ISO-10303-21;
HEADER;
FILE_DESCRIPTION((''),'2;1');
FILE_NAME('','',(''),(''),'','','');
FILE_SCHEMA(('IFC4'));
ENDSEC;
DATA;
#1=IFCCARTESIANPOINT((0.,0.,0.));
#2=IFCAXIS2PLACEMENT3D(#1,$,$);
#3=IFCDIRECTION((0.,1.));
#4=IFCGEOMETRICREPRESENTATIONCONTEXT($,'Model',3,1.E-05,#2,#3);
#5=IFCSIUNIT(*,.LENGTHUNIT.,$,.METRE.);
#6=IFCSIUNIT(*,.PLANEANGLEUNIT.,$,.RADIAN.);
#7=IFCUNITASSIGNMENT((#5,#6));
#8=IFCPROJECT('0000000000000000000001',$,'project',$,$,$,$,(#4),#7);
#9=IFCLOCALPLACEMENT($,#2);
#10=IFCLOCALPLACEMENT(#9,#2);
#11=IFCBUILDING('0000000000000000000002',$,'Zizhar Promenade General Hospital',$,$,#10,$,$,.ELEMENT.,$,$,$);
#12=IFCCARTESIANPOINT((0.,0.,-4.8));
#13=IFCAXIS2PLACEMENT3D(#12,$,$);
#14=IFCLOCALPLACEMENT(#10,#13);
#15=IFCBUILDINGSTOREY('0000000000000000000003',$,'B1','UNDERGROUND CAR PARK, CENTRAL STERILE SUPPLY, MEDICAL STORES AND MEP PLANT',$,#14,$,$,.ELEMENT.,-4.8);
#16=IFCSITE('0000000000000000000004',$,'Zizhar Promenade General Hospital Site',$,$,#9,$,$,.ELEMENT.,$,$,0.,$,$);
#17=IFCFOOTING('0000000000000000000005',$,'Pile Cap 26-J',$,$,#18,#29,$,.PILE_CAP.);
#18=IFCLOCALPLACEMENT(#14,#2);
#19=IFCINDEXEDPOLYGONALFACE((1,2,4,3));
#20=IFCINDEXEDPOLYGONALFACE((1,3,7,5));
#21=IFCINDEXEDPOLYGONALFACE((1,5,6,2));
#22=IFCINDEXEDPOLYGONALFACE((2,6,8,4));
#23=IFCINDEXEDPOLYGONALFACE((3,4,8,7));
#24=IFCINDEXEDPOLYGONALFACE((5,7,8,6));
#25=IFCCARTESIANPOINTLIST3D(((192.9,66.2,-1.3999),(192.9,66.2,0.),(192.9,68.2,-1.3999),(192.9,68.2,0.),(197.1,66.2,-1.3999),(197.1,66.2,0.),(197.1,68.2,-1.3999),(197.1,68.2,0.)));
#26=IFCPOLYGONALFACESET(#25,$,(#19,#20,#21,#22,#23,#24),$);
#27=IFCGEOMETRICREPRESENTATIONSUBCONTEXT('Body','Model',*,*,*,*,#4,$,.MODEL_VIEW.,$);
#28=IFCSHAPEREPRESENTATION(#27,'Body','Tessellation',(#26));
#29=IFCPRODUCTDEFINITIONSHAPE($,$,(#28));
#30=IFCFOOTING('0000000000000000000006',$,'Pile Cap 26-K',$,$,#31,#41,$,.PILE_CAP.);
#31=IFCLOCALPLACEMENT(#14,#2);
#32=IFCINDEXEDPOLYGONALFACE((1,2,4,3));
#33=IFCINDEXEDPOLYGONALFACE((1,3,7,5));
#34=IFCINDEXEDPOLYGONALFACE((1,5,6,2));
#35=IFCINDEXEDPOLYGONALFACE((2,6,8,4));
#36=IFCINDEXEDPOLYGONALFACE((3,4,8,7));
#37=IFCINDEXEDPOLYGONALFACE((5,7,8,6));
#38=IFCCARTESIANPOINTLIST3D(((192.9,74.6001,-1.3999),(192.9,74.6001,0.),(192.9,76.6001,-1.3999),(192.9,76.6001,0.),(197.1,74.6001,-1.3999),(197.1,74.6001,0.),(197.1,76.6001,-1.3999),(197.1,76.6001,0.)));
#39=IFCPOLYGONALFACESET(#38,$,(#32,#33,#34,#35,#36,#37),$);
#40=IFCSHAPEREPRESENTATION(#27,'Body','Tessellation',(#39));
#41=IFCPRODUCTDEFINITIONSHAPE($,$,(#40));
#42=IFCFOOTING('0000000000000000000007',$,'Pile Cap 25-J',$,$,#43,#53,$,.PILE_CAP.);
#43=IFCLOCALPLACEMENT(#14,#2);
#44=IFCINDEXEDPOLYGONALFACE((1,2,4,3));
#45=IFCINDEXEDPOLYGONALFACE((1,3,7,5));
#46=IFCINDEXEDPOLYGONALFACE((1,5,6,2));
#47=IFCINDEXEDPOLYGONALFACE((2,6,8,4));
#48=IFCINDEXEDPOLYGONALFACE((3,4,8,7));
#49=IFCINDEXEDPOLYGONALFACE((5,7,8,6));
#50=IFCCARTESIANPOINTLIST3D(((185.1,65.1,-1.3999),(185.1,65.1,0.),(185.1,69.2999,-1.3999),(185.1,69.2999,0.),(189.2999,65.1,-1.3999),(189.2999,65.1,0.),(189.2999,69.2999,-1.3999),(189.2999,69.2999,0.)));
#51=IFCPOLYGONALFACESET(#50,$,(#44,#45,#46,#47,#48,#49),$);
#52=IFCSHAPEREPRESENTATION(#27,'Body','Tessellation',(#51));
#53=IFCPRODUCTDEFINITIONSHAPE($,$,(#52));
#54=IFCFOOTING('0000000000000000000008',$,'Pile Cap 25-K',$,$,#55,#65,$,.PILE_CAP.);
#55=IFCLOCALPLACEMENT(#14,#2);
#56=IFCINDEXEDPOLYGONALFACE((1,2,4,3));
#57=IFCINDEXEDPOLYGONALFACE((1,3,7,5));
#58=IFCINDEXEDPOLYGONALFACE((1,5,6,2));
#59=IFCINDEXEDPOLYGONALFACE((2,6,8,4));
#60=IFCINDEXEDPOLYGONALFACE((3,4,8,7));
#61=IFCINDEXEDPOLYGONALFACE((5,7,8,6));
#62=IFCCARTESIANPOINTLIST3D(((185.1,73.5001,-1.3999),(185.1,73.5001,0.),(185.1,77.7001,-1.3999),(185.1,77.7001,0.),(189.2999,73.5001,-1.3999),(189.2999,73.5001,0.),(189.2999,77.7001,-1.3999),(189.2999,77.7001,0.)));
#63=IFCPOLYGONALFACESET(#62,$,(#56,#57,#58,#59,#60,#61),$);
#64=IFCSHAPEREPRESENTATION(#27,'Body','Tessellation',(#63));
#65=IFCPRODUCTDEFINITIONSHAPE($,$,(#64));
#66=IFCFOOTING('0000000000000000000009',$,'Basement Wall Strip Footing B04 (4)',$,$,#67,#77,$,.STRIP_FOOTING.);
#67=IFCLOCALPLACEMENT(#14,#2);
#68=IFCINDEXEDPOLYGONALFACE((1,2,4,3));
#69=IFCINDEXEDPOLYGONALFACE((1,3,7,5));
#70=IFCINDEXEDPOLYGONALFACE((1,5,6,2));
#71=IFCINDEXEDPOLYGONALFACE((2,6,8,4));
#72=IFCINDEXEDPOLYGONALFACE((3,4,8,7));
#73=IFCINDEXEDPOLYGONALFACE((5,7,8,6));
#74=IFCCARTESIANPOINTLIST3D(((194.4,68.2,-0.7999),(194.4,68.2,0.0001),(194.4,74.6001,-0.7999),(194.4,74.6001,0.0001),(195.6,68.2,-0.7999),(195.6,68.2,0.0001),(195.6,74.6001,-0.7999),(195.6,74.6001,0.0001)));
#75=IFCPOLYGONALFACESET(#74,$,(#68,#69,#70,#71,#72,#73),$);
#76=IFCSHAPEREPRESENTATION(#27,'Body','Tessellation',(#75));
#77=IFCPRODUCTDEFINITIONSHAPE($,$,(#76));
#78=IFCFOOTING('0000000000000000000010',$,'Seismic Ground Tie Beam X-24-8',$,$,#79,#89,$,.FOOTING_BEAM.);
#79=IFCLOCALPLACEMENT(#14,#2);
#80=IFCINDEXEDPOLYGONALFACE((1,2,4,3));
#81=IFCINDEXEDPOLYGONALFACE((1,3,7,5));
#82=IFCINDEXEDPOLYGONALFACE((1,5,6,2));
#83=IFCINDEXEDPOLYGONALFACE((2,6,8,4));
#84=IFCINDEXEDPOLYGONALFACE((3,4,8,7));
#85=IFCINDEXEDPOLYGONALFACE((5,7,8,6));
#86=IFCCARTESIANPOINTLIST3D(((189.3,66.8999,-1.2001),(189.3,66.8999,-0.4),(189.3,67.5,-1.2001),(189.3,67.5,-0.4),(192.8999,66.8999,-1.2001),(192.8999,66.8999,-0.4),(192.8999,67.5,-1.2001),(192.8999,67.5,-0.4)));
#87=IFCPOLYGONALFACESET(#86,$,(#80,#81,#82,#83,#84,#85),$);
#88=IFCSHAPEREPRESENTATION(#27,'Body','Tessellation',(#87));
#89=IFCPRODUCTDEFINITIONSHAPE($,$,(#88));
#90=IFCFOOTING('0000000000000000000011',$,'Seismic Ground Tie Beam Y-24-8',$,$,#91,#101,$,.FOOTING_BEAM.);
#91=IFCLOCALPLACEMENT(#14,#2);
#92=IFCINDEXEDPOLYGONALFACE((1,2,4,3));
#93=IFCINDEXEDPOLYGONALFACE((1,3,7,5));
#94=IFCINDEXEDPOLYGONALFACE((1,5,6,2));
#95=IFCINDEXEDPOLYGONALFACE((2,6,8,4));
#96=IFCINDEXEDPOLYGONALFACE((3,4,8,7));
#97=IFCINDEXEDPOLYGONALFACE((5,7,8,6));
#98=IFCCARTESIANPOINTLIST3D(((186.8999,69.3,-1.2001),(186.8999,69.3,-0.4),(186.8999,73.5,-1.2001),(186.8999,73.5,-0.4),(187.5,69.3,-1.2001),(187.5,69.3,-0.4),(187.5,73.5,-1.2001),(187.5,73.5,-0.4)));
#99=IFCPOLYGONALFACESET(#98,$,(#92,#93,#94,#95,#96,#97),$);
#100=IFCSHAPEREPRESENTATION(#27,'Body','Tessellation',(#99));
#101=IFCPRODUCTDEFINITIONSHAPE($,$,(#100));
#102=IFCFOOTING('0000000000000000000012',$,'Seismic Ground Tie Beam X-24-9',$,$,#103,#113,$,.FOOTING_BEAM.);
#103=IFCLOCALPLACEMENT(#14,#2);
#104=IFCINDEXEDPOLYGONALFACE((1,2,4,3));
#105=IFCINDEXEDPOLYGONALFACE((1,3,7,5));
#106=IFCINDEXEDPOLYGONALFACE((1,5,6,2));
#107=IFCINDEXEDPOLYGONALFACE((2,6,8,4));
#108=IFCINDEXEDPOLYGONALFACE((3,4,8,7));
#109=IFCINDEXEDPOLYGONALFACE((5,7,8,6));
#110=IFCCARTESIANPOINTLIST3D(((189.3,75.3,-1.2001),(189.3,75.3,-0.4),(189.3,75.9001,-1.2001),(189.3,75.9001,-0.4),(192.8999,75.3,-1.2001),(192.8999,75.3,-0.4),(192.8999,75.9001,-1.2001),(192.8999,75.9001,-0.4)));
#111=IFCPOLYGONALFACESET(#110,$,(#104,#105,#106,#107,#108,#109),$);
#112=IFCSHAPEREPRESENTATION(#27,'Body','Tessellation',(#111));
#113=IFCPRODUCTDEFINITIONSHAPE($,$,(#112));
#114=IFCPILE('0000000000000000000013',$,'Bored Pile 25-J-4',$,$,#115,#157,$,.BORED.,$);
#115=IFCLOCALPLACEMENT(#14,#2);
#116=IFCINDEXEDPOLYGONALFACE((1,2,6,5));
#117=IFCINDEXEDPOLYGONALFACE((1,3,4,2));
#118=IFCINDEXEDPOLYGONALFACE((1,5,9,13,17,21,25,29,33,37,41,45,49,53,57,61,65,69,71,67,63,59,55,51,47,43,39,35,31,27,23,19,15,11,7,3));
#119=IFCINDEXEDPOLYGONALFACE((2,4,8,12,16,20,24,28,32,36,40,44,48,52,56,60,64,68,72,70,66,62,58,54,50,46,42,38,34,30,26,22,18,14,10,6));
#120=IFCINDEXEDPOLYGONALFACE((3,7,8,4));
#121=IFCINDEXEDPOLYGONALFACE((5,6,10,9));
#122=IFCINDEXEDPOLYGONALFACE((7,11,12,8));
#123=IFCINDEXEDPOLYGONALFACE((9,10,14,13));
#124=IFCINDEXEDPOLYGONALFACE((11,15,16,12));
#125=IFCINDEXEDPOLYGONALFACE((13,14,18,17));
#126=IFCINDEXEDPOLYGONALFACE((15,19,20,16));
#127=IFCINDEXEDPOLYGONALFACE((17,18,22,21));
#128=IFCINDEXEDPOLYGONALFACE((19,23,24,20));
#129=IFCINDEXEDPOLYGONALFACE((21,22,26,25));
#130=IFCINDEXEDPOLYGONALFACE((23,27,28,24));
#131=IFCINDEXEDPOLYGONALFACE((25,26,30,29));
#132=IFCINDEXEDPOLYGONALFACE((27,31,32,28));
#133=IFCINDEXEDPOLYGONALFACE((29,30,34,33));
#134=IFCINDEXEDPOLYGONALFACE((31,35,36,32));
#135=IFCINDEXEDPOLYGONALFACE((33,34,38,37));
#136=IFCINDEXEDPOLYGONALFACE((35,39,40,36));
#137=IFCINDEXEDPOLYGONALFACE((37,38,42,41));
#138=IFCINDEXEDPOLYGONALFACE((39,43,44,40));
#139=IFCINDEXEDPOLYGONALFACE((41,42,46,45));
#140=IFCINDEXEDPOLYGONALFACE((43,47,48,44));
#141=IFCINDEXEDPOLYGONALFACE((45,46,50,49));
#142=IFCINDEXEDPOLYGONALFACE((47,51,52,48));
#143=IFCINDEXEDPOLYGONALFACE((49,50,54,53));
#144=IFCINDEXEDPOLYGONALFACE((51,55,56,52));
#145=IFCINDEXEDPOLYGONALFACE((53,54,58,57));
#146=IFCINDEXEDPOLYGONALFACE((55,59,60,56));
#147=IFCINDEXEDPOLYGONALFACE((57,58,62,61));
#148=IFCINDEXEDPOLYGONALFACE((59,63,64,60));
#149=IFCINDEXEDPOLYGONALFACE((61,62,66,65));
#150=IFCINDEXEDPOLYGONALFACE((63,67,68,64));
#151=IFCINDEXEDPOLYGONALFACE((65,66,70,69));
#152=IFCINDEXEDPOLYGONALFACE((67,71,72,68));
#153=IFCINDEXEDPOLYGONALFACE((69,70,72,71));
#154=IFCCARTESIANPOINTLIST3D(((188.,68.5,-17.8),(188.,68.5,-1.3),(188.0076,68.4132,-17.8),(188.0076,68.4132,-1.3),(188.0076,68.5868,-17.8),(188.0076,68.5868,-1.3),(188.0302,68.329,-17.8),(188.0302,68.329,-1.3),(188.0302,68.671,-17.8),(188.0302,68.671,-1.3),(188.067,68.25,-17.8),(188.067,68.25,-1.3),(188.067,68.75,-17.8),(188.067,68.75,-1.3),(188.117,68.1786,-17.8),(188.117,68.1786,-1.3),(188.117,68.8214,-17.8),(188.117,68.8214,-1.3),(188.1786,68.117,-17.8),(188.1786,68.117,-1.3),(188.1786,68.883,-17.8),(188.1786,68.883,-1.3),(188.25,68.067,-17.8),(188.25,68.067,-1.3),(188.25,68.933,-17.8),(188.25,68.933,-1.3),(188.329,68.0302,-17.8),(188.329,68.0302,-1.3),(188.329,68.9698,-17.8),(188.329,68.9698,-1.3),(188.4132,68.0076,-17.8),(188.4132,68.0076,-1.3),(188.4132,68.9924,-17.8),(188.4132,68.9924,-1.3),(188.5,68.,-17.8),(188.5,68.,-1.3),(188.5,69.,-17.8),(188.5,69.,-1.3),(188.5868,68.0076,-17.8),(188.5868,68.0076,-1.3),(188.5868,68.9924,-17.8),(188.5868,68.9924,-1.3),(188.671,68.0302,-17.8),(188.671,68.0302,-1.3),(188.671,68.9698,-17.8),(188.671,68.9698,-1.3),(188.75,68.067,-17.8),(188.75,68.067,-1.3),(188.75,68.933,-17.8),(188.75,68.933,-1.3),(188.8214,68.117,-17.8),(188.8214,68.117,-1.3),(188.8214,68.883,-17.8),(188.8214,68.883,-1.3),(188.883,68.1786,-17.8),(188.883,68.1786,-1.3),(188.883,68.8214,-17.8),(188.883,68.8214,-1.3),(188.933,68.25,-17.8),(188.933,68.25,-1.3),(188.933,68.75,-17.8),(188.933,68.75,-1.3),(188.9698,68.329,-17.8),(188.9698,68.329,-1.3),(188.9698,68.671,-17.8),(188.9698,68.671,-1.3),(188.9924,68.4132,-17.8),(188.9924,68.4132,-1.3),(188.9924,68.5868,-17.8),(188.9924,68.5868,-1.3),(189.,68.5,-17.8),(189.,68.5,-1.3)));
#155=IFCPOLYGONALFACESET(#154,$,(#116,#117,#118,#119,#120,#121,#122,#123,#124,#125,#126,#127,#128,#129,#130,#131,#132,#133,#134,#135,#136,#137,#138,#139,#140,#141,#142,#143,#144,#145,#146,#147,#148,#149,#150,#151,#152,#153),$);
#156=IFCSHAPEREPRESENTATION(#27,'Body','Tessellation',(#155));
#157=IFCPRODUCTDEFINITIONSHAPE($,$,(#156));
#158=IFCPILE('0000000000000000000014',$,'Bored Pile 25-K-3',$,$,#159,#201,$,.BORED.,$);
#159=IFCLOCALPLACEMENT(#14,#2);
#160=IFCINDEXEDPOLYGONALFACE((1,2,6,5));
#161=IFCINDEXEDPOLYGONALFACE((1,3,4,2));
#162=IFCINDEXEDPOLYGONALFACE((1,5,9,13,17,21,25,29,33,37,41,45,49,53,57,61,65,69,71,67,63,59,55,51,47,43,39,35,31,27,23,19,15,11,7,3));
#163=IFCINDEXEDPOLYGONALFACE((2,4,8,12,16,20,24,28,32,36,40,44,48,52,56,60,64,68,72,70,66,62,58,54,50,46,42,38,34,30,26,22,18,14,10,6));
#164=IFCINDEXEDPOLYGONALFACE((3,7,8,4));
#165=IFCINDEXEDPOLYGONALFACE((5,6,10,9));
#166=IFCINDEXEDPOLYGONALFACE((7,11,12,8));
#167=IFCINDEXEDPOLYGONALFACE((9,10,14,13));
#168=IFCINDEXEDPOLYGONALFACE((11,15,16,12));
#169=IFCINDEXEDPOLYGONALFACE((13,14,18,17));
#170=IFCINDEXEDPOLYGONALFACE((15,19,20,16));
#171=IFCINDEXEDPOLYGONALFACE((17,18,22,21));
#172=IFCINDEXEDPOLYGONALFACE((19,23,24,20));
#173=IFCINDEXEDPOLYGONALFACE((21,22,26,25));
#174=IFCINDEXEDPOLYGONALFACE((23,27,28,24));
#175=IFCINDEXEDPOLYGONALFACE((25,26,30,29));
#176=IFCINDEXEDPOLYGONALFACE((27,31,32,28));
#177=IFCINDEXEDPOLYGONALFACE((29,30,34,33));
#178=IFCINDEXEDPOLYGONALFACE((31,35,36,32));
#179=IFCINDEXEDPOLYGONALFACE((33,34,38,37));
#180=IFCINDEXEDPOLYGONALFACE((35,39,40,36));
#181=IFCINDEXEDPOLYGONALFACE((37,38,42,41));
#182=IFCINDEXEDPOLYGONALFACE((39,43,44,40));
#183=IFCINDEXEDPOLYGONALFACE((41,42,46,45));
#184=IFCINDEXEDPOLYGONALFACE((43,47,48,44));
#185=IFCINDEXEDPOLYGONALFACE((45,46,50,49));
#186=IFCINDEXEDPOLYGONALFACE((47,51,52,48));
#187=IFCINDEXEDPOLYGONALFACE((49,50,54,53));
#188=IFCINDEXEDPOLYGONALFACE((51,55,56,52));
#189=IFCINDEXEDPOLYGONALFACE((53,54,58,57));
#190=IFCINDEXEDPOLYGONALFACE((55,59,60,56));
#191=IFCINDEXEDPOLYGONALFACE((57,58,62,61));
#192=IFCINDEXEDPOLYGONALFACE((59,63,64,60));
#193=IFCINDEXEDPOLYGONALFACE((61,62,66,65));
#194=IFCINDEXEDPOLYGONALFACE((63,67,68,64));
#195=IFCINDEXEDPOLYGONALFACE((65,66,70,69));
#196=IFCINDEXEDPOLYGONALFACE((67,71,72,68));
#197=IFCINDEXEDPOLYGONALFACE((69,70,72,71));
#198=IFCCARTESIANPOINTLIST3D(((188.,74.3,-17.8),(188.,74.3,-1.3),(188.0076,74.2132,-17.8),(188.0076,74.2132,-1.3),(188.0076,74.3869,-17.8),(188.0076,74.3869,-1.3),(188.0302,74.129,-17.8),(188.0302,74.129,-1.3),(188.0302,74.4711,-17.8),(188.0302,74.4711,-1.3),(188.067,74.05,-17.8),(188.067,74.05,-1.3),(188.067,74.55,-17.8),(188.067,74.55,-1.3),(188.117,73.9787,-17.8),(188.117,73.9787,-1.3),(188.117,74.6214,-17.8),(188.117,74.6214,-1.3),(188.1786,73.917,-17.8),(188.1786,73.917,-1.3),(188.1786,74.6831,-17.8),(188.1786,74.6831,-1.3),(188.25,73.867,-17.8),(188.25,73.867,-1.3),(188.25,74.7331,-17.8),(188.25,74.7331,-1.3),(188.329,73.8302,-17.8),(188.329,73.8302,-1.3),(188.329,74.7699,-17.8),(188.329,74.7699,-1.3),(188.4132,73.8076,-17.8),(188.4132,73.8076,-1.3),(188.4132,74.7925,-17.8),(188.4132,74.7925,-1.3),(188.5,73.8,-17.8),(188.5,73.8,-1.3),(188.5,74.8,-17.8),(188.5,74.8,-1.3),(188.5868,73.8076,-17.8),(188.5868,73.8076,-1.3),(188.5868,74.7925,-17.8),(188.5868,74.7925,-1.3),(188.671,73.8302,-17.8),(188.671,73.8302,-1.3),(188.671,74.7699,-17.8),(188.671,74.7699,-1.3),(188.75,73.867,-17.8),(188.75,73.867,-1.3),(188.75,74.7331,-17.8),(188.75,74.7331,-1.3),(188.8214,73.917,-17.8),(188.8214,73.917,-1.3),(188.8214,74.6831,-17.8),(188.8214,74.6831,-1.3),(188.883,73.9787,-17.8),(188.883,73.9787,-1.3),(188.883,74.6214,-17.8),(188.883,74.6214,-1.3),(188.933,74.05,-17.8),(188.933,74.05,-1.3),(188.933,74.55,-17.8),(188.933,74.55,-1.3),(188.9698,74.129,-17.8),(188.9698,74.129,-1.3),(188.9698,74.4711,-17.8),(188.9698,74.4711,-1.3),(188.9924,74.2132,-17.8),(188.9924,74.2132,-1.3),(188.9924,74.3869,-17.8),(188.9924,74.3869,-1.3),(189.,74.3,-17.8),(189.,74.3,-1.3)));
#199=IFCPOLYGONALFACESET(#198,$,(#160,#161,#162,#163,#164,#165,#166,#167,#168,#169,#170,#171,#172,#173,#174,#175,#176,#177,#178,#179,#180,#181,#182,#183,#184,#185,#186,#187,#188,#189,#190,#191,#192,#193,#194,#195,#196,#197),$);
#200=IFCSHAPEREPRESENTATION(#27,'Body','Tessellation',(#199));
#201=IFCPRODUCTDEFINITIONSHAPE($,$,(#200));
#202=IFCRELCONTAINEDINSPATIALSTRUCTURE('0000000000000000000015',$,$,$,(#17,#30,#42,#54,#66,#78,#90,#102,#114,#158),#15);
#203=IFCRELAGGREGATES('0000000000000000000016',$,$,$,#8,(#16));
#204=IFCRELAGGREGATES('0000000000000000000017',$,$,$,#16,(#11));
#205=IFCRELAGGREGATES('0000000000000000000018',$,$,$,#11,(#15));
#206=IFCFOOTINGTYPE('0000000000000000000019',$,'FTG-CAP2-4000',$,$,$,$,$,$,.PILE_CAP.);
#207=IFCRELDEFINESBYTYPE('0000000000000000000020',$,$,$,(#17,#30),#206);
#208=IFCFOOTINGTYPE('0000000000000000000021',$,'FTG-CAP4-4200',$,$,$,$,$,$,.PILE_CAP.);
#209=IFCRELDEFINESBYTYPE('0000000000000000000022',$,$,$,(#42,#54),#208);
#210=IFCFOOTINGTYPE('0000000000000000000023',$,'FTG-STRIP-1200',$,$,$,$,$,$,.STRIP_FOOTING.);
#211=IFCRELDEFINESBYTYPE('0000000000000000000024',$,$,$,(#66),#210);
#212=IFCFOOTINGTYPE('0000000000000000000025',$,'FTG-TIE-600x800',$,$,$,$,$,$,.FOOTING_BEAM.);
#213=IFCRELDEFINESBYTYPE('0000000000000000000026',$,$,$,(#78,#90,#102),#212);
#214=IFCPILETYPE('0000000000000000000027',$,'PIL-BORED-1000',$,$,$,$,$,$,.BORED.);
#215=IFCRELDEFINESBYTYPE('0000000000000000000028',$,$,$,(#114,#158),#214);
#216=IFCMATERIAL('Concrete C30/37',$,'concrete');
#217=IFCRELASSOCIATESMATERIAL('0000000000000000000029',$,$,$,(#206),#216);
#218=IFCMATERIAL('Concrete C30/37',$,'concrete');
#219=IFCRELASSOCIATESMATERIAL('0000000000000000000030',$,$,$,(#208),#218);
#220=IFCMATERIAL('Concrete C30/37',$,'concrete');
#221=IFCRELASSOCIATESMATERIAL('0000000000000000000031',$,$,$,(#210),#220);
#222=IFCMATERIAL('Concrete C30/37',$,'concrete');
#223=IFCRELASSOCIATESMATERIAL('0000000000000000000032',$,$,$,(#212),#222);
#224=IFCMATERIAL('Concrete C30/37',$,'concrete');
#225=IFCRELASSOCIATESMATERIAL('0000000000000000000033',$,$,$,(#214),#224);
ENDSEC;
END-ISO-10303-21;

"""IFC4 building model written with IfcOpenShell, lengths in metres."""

from ifc_helpers import new_model, si_unit, direction, frame, origin, origin_2d, place, context, subcontext, project, spatial, rectangle, circle, extrude, material, material_profile, profile_set, type_object, element, save


model = new_model("IFC4")

# Units and contexts
model_context = context("Model", 3, precision=1e-05, world=origin(), true_north=direction((0.0, 1.0)))
body_context = subcontext(model_context, "Body", "Model", "MODEL_VIEW")
ifc_project = project(units=[si_unit("LENGTHUNIT", "METRE"), si_unit("PLANEANGLEUNIT", "RADIAN")], contexts=[model_context])

# Site, building, storey
site_placement = place(None, origin())
site = spatial("IfcSite", under=ifc_project, at=site_placement, Name="Zizhar Promenade General Hospital Site", CompositionType="ELEMENT", RefElevation=0.0)
building_placement = place(site_placement, origin())
building = spatial("IfcBuilding", under=site, at=building_placement, Name="Zizhar Promenade General Hospital", CompositionType="ELEMENT")
storey_placement = place(building_placement, frame((0.0, 0.0, -4.8)))
storey = spatial("IfcBuildingStorey", under=building, at=storey_placement, Name="B1", Description="UNDERGROUND CAR PARK, CENTRAL STERILE SUPPLY, MEDICAL STORES AND MEP PLANT", CompositionType="ELEMENT", Elevation=-4.8)

# Footings
ifc_material_1 = material(Name="Concrete C30/37", Category="concrete")
footing_type_1 = type_object("IfcFootingType", Name="FTG-CAP2-4000", PredefinedType="PILE_CAP", material=ifc_material_1)
for number, where, z_axis, x_axis, name in (
    (1, (195.0, 67.2, -1.3999), (0.0, 0.0, 1.0), (1.0, 0.0, 0.0), "Pile Cap 26-J"),
    (2, (195.0, 75.6001, -1.3999), (0.0, 0.0, 1.0), (1.0, 0.0, 0.0), "Pile Cap 26-K"),
):
    element("IfcFooting", number, at=place(storey_placement, frame(where, z_axis=z_axis, x_axis=x_axis)), inside=storey, type_object=footing_type_1, Name=name, PredefinedType="PILE_CAP", context=body_context, shape_type="SweptSolid", body=[
        extrude(rectangle(XDim=4.2, YDim=2.0, at=origin_2d()), origin(), (0.0, 0.0, 1.0), 1.3999),
    ])
ifc_material_2 = material(Name="Concrete C30/37", Category="concrete")
footing_type_2 = type_object("IfcFootingType", Name="FTG-CAP4-4200", PredefinedType="PILE_CAP", material=ifc_material_2)
for number, where, z_axis, x_axis, name in (
    (3, (187.2, 67.2, -1.3999), (0.0, 0.0, 1.0), (1.0, 0.0, 0.0), "Pile Cap 25-J"),
    (4, (187.2, 75.6001, -1.3999), (0.0, 0.0, 1.0), (1.0, 0.0, 0.0), "Pile Cap 25-K"),
):
    element("IfcFooting", number, at=place(storey_placement, frame(where, z_axis=z_axis, x_axis=x_axis)), inside=storey, type_object=footing_type_2, Name=name, PredefinedType="PILE_CAP", context=body_context, shape_type="SweptSolid", body=[
        extrude(rectangle(XDim=4.2, YDim=4.2, at=origin_2d()), origin(), (0.0, 0.0, 1.0), 1.3999),
    ])
ifc_material_3 = material(Name="Concrete C30/37", Category="concrete")
ifc_material_profile_1 = material_profile(ifc_material_3, rectangle(XDim=1.2, YDim=0.8, at=origin_2d()))
ifc_profile_set_1 = profile_set([ifc_material_profile_1], Name="Concrete C30/37")
footing_type_3 = type_object("IfcFootingType", Name="FTG-STRIP-1200", PredefinedType="STRIP_FOOTING", material=ifc_profile_set_1)
footing_1_placement = place(storey_placement, frame((195.0, 68.2, -0.3999), z_axis=(0.0, 1.0, 0.0), x_axis=(-1.0, 0.0, 0.0)))
element("IfcFooting", 5, at=footing_1_placement, inside=storey, type_object=footing_type_3, Name="Basement Wall Strip Footing B04 (4)", PredefinedType="STRIP_FOOTING", context=body_context, shape_type="SweptSolid", body=[
    extrude(rectangle(XDim=1.2, YDim=0.8, at=origin_2d()), origin(), (0.0, 0.0, 1.0), 6.4001),
])
ifc_material_4 = material(Name="Concrete C30/37", Category="concrete")
ifc_material_profile_2 = material_profile(ifc_material_4, rectangle(XDim=0.6001, YDim=0.8, at=origin_2d()))
ifc_profile_set_2 = profile_set([ifc_material_profile_2], Name="Concrete C30/37")
footing_type_4 = type_object("IfcFootingType", Name="FTG-TIE-600x800", PredefinedType="FOOTING_BEAM", material=ifc_profile_set_2)
footing_2_placement = place(storey_placement, frame((189.3, 67.2, -0.8), z_axis=(1.0, 0.0, 0.0), x_axis=(0.0, 1.0, 0.0)))
element("IfcFooting", 6, at=footing_2_placement, inside=storey, type_object=footing_type_4, Name="Seismic Ground Tie Beam X-24-8", PredefinedType="FOOTING_BEAM", context=body_context, shape_type="SweptSolid", body=[
    extrude(rectangle(XDim=0.6001, YDim=0.8, at=origin_2d()), origin(), (0.0, 0.0, 1.0), 3.5999),
])
footing_3_placement = place(storey_placement, frame((187.2, 69.3, -0.8), z_axis=(0.0, 1.0, 0.0), x_axis=(-1.0, 0.0, 0.0)))
element("IfcFooting", 7, at=footing_3_placement, inside=storey, type_object=footing_type_4, Name="Seismic Ground Tie Beam Y-24-8", PredefinedType="FOOTING_BEAM", context=body_context, shape_type="SweptSolid", body=[
    extrude(rectangle(XDim=0.6001, YDim=0.8, at=origin_2d()), origin(), (0.0, 0.0, 1.0), 4.2),
])
footing_4_placement = place(storey_placement, frame((189.3, 75.6001, -0.8), z_axis=(1.0, 0.0, 0.0), x_axis=(0.0, 1.0, 0.0)))
element("IfcFooting", 8, at=footing_4_placement, inside=storey, type_object=footing_type_4, Name="Seismic Ground Tie Beam X-24-9", PredefinedType="FOOTING_BEAM", context=body_context, shape_type="SweptSolid", body=[
    extrude(rectangle(XDim=0.6001, YDim=0.8, at=origin_2d()), origin(), (0.0, 0.0, 1.0), 3.5999),
])

# Piles
ifc_material_5 = material(Name="Concrete C30/37", Category="concrete")
ifc_material_profile_3 = material_profile(ifc_material_5, circle(Radius=0.5, at=origin_2d()))
ifc_profile_set_3 = profile_set([ifc_material_profile_3], Name="Concrete C30/37")
pile_type = type_object("IfcPileType", Name="PIL-BORED-1000", PredefinedType="BORED", material=ifc_profile_set_3)
for number, where, z_axis, x_axis, name in (
    (9, (188.5, 68.5, -1.3), (0.0, 0.0, -1.0), (1.0, 0.0, 0.0), "Bored Pile 25-J-4"),
    (10, (188.5, 74.3, -1.3), (0.0, 0.0, -1.0), (1.0, 0.0, 0.0), "Bored Pile 25-K-3"),
):
    element("IfcPile", number, at=place(storey_placement, frame(where, z_axis=z_axis, x_axis=x_axis)), inside=storey, type_object=pile_type, Name=name, PredefinedType="BORED", context=body_context, shape_type="SweptSolid", body=[
        extrude(circle(Radius=0.5, at=origin_2d()), origin(), (0.0, 0.0, 1.0), 16.5),
    ])

save(model, "model.ifc")
